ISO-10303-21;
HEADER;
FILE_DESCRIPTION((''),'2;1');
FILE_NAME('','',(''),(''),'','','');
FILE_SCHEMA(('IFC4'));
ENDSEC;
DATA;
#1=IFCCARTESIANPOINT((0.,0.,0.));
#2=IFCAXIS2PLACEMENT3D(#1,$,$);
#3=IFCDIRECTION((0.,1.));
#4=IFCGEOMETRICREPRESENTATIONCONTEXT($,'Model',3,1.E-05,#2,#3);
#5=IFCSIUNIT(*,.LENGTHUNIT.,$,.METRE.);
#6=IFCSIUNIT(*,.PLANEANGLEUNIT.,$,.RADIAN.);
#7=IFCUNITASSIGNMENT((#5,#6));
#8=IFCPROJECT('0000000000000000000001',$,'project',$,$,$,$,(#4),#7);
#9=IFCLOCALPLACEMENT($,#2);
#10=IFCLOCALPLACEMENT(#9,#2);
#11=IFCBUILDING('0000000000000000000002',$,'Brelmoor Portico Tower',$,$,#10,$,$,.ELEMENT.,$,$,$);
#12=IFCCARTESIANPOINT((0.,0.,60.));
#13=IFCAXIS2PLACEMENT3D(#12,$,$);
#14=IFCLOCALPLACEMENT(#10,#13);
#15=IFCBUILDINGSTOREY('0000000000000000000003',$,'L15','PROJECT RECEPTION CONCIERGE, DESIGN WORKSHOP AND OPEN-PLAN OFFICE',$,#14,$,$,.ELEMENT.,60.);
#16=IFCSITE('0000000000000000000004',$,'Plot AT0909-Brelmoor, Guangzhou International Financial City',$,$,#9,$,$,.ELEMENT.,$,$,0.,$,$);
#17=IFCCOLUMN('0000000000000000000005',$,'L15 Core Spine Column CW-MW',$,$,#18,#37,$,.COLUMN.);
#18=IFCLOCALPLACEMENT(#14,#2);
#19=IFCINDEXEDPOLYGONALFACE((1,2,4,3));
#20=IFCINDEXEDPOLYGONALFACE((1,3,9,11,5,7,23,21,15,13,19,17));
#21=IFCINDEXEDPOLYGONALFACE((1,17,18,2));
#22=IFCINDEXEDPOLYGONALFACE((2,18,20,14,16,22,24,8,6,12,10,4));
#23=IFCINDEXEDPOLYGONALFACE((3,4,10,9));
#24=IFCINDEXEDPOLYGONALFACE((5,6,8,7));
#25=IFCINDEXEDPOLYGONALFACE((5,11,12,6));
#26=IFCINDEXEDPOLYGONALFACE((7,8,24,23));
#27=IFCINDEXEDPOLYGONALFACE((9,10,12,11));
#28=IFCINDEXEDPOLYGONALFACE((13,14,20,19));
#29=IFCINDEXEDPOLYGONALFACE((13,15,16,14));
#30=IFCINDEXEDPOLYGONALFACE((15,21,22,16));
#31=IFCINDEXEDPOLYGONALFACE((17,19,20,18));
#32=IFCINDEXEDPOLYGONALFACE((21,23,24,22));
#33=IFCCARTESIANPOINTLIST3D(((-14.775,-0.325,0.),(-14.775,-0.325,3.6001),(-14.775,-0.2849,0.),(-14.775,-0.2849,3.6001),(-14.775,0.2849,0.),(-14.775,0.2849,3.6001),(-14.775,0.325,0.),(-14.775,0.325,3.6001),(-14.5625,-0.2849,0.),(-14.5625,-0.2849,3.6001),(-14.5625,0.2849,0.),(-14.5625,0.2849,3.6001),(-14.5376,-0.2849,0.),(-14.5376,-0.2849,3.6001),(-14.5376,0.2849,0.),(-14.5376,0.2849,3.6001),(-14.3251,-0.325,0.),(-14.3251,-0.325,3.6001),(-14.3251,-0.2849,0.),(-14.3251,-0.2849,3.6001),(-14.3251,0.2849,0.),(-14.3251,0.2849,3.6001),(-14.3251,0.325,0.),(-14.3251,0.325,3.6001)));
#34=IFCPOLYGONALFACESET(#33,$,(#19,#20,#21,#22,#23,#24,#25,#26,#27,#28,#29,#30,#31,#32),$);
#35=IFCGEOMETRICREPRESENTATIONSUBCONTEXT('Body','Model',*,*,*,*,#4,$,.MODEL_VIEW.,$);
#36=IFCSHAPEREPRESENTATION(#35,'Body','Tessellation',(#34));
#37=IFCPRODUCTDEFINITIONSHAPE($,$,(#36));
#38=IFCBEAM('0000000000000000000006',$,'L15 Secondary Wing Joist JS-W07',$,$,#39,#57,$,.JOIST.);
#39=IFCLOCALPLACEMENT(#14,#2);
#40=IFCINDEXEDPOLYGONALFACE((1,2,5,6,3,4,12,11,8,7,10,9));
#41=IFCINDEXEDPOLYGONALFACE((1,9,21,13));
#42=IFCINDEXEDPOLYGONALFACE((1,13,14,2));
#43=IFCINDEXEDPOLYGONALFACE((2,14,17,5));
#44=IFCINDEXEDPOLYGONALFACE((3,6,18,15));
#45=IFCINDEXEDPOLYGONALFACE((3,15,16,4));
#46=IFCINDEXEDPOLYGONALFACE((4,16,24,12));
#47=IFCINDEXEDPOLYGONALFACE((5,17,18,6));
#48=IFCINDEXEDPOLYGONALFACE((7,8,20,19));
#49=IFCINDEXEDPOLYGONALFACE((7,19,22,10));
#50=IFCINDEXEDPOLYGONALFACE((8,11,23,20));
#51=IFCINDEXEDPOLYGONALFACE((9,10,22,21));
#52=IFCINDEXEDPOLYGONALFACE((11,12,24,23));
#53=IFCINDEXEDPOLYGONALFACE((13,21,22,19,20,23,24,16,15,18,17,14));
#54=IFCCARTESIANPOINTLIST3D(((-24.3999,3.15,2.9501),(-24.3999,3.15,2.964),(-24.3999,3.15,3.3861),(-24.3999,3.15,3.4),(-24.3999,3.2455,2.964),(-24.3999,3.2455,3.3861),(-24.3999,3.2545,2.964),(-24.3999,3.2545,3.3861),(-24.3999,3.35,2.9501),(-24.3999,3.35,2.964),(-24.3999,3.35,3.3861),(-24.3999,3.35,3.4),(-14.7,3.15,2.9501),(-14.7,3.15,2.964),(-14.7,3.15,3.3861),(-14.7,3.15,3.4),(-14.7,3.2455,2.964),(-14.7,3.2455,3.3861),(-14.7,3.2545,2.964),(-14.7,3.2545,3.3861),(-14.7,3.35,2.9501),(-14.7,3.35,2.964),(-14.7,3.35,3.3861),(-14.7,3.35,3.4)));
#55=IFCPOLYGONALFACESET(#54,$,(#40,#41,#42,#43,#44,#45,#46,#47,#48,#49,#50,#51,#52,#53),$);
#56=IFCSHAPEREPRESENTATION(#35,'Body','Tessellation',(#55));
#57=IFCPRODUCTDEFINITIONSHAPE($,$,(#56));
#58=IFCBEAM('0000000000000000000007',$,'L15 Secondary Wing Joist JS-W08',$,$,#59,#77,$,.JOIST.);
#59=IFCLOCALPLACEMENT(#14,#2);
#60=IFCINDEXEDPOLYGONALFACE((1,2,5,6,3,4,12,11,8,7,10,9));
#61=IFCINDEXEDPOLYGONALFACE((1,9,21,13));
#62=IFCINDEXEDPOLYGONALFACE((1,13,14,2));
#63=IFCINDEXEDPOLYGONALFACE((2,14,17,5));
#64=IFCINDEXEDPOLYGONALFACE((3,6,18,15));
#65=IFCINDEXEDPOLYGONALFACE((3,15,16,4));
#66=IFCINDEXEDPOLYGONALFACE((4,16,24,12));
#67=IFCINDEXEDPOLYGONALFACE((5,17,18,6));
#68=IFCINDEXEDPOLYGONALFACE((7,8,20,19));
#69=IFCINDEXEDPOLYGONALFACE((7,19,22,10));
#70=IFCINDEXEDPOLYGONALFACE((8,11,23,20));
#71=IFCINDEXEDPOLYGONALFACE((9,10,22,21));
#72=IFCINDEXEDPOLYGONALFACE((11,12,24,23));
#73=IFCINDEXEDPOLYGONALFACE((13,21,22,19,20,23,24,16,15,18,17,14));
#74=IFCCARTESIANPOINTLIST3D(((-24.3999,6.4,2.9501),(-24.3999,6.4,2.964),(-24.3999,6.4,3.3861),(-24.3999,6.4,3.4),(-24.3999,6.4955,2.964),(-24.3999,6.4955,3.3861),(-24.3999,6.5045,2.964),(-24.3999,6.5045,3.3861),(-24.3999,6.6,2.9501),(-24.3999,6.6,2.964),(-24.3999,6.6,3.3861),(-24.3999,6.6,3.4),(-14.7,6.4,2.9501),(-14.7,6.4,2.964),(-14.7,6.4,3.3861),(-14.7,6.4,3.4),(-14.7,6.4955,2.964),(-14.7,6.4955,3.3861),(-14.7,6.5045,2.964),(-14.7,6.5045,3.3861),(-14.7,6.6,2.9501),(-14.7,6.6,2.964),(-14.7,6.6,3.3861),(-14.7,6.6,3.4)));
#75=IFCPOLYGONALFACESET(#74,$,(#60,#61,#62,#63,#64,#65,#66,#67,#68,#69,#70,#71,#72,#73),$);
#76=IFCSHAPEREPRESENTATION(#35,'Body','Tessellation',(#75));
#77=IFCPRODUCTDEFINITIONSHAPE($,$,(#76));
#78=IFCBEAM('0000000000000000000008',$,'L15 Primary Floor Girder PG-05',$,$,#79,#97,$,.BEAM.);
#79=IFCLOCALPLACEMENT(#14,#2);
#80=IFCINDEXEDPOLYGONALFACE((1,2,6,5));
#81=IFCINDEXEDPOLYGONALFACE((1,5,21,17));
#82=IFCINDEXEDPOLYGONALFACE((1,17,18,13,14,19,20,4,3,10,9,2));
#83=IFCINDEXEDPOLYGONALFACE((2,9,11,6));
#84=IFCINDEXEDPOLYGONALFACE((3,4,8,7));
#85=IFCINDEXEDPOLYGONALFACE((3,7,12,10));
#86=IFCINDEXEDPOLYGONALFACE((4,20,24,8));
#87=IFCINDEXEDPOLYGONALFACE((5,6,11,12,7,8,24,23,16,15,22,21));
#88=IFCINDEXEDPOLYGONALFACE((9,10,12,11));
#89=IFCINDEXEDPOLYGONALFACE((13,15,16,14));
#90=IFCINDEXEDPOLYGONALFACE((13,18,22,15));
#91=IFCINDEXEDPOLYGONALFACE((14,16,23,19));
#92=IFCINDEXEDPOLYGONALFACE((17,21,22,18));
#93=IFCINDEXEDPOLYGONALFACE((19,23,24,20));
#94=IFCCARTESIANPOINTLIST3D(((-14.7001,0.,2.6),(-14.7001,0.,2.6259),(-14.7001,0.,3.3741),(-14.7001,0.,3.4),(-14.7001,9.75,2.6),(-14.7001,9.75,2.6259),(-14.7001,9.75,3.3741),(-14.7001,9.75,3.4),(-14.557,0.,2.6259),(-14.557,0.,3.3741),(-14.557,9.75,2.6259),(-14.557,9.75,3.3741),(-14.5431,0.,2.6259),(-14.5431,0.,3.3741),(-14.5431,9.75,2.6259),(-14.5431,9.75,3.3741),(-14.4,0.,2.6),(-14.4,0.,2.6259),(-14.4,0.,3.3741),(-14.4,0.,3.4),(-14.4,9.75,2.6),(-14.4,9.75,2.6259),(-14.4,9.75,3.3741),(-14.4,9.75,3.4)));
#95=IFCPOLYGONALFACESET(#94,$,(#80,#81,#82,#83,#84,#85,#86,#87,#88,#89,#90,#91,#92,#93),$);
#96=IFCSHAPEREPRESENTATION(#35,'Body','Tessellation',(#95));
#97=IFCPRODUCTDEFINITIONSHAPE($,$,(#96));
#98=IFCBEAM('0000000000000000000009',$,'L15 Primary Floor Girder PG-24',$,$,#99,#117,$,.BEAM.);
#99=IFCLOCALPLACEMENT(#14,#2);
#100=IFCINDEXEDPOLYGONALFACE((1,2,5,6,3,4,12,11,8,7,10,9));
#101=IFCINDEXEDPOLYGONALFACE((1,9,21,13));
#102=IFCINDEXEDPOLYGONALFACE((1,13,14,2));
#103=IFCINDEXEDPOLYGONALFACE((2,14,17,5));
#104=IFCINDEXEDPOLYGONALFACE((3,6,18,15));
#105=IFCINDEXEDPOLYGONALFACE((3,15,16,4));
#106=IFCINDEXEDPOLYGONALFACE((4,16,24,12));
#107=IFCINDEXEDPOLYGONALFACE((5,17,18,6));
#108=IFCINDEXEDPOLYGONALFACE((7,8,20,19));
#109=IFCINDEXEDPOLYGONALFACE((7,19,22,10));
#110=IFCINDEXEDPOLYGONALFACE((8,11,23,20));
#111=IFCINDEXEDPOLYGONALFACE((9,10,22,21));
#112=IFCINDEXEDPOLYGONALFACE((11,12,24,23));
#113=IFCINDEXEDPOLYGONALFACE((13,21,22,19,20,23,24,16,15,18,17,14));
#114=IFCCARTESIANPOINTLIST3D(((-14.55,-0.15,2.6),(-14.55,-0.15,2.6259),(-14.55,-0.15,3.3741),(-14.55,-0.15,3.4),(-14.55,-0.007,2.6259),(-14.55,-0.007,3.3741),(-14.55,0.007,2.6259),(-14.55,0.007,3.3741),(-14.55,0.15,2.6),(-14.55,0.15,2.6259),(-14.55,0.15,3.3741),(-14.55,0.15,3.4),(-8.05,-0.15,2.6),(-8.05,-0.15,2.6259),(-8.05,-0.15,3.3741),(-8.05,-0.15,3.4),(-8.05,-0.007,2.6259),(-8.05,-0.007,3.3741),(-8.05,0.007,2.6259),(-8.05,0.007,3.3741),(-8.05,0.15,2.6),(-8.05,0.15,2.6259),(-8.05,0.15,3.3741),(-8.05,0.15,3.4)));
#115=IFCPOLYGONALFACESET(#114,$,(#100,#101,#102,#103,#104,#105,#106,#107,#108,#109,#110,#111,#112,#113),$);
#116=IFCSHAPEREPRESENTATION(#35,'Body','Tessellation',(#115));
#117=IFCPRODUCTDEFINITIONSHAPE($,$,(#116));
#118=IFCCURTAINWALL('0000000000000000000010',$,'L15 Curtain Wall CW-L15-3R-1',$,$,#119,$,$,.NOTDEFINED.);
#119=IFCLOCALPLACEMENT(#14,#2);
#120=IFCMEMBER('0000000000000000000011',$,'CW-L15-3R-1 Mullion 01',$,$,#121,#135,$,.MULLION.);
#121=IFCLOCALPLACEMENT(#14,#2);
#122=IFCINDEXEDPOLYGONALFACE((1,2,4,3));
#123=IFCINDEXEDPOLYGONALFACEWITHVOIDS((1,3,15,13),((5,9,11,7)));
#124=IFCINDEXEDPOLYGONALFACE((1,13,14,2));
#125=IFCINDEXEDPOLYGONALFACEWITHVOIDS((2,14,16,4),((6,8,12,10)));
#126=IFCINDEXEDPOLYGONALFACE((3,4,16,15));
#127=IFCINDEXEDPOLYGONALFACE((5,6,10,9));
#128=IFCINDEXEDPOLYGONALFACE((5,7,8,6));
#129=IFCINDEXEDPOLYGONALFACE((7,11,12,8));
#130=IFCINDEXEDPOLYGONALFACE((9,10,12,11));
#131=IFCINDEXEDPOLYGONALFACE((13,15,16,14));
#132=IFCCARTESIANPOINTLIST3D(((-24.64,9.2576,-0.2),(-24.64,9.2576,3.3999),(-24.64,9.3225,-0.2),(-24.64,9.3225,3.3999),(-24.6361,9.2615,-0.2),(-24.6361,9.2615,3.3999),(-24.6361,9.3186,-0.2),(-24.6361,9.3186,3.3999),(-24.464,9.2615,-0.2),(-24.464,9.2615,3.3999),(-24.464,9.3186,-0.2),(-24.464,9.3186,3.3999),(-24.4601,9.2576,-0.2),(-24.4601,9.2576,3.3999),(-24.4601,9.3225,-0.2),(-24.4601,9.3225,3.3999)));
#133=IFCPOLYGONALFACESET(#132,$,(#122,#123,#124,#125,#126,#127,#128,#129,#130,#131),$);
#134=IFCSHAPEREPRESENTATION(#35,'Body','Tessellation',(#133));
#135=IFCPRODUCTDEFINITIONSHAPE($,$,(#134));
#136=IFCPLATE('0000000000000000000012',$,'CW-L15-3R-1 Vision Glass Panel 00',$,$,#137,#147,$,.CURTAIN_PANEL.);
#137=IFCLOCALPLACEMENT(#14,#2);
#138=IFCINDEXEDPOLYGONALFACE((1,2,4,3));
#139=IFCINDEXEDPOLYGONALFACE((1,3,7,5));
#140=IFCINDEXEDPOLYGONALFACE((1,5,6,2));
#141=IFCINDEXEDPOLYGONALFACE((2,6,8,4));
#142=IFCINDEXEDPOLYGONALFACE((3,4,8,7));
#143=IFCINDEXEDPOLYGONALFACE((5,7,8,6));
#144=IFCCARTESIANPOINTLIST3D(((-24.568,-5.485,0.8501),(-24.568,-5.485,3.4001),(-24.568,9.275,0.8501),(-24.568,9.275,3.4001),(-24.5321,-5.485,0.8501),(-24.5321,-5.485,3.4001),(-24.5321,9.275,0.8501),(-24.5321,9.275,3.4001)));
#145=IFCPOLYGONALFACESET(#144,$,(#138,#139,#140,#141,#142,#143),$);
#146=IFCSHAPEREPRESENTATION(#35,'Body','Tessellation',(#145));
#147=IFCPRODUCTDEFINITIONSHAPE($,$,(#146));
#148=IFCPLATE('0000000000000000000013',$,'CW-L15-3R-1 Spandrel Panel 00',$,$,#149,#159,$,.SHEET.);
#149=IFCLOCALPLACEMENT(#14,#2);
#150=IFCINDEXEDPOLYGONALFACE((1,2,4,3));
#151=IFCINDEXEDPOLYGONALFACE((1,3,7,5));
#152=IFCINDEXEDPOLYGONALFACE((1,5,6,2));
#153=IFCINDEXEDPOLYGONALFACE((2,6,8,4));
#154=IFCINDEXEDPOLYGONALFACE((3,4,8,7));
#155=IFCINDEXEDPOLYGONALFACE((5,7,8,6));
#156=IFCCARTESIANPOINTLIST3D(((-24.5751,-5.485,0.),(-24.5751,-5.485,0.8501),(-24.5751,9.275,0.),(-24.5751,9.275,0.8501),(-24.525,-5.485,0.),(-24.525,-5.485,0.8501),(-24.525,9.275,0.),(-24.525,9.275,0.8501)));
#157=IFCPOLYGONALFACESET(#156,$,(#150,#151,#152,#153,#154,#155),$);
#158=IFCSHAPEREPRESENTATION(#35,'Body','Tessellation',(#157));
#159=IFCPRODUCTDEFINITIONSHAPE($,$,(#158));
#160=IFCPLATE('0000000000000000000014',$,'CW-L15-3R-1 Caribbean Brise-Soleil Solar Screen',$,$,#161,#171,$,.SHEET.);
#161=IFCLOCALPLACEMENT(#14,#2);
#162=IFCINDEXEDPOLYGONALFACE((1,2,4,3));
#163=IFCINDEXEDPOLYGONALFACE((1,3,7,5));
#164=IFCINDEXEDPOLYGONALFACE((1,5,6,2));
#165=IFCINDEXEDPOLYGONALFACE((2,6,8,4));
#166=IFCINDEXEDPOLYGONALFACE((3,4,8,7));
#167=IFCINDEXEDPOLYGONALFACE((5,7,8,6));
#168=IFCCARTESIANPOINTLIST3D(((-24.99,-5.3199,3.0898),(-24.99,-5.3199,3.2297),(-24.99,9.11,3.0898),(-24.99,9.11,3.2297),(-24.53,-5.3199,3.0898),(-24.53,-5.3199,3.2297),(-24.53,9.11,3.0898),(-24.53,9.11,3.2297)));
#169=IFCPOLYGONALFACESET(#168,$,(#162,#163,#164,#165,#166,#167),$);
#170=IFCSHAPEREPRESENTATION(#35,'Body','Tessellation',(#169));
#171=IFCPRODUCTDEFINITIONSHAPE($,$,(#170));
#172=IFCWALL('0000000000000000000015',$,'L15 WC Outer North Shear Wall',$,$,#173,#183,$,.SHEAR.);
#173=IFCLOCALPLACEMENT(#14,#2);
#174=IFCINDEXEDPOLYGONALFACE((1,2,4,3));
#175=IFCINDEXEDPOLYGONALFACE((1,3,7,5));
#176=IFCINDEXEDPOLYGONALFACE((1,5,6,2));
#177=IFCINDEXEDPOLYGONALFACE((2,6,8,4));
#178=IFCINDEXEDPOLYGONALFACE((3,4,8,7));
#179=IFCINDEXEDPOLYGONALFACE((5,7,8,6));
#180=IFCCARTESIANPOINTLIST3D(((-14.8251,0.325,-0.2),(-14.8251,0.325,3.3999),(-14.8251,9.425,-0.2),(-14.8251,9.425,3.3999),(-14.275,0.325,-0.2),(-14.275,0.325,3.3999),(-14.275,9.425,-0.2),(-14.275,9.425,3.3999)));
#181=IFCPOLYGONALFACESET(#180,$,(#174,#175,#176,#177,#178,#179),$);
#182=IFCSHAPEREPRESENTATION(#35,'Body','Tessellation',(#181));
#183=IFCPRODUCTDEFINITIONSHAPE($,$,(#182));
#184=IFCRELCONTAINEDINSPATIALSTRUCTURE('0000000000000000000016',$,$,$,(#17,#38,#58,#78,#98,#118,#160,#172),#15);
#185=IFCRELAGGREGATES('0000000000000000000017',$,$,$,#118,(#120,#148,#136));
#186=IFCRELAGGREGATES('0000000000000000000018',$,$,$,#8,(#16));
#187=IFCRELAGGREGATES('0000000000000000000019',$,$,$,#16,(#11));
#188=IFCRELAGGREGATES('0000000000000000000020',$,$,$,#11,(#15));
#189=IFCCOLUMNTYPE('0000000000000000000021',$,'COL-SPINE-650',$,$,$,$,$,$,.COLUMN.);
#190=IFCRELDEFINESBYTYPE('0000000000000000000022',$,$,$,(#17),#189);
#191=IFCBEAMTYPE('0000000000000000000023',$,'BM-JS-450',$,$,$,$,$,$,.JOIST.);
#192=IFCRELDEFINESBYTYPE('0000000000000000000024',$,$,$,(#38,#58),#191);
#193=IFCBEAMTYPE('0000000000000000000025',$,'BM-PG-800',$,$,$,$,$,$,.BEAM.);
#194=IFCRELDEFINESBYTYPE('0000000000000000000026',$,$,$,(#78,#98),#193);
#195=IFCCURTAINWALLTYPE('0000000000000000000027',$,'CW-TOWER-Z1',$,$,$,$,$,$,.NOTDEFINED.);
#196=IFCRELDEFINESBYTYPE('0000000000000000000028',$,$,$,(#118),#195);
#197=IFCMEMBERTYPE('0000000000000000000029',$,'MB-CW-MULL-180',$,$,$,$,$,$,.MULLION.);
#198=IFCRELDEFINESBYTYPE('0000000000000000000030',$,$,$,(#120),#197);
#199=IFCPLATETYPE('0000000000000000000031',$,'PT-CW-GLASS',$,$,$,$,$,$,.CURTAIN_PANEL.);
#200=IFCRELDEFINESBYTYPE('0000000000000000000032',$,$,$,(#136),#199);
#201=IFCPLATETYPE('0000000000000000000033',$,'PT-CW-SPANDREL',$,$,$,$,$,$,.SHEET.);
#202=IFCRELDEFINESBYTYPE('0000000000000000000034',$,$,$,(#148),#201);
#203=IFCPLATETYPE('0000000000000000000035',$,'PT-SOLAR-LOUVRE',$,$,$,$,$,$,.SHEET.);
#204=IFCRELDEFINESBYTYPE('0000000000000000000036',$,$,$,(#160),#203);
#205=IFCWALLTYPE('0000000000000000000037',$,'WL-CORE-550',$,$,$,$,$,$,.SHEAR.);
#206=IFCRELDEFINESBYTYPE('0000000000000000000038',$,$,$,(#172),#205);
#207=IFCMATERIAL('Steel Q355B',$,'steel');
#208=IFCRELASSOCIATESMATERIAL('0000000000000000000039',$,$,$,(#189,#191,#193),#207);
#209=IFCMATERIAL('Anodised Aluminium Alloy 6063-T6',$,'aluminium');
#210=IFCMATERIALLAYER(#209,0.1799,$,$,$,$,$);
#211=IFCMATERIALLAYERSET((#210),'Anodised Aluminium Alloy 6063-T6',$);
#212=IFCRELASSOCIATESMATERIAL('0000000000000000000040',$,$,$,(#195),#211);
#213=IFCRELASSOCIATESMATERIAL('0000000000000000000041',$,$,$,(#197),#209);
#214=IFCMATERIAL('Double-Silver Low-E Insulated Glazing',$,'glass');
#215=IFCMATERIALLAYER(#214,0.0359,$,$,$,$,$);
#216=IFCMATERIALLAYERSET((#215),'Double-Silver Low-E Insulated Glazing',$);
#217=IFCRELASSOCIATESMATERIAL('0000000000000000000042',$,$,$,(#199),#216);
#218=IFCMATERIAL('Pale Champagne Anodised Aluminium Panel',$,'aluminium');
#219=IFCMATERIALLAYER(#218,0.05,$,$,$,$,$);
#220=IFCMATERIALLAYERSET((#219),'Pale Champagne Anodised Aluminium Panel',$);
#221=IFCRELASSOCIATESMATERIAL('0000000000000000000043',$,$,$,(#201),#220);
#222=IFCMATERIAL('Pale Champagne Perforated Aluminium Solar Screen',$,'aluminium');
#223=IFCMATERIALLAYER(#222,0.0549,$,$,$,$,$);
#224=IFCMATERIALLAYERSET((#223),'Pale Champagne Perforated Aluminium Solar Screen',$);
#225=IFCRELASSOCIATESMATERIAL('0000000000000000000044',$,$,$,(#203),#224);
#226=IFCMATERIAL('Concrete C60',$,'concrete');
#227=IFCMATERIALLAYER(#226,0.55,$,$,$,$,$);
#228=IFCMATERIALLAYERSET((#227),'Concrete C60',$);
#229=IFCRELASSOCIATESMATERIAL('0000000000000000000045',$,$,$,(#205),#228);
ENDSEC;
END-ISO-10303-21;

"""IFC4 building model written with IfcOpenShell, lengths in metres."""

from ifc_helpers import new_model, si_unit, direction, frame, frame_2d, origin, origin_2d, place, context, subcontext, project, spatial, rectangle, hollow_rectangle, i_section, extrude, material, layer, layer_set, material_profile, profile_set, type_object, element, aggregate, save


model = new_model("IFC4")

# Units and contexts
model_context = context("Model", 3, precision=1e-05, world=origin(), true_north=direction((0.0, 1.0)))
body_context = subcontext(model_context, "Body", "Model", "MODEL_VIEW")
ifc_project = project(units=[si_unit("LENGTHUNIT", "METRE"), si_unit("PLANEANGLEUNIT", "RADIAN")], contexts=[model_context])

# Site, building, storey
site_placement = place(None, origin())
site = spatial("IfcSite", under=ifc_project, at=site_placement, Name="Plot AT0909-Brelmoor, Guangzhou International Financial City", CompositionType="ELEMENT", RefElevation=0.0)
building_placement = place(site_placement, origin())
building = spatial("IfcBuilding", under=site, at=building_placement, Name="Brelmoor Portico Tower", CompositionType="ELEMENT")
storey_placement = place(building_placement, frame((0.0, 0.0, 60.0)))
storey = spatial("IfcBuildingStorey", under=building, at=storey_placement, Name="L15", Description="PROJECT RECEPTION CONCIERGE, DESIGN WORKSHOP AND OPEN-PLAN OFFICE", CompositionType="ELEMENT", Elevation=60.0)

# Column
ifc_material_1 = material(Name="Steel Q355B", Category="steel")
ifc_material_profile_1 = material_profile(ifc_material_1, i_section(OverallWidth=0.45, OverallDepth=0.6499, WebThickness=0.0249, FlangeThickness=0.04, at=origin_2d()), Name="HW 650x450x25x40")
ifc_profile_set_1 = profile_set([ifc_material_profile_1], Name="Steel Q355B")
column_type = type_object("IfcColumnType", Name="COL-SPINE-650", PredefinedType="COLUMN", material=ifc_profile_set_1)
column_placement = place(storey_placement, frame((-14.55, 0.0, 0.0), z_axis=(0.0, 0.0, 1.0), x_axis=(1.0, 0.0, 0.0)))
element("IfcColumn", 1, at=column_placement, inside=storey, type_object=column_type, Name="L15 Core Spine Column CW-MW", PredefinedType="COLUMN", context=body_context, shape_type="SweptSolid", body=[
    extrude(i_section(OverallWidth=0.45, OverallDepth=0.6499, WebThickness=0.0249, FlangeThickness=0.04, at=origin_2d()), origin(), (0.0, 0.0, 1.0), 3.6001),
])

# Beams
ifc_material_profile_2 = material_profile(ifc_material_1, i_section(OverallWidth=0.2, OverallDepth=0.45, WebThickness=0.009, FlangeThickness=0.0139, at=origin_2d()), Name="HN 450x200x9x14")
ifc_profile_set_2 = profile_set([ifc_material_profile_2], Name="Steel Q355B")
beam_type_1 = type_object("IfcBeamType", Name="BM-JS-450", PredefinedType="JOIST", material=ifc_profile_set_2)
for number, where, z_axis, x_axis, name in (
    (2, (-24.3999, 3.25, 3.175), (1.0, 0.0, 0.0), (0.0, 1.0, 0.0), "L15 Secondary Wing Joist JS-W07"),
    (3, (-24.3999, 6.5, 3.175), (1.0, 0.0, 0.0), (0.0, 1.0, 0.0), "L15 Secondary Wing Joist JS-W08"),
):
    element("IfcBeam", number, at=place(storey_placement, frame(where, z_axis=z_axis, x_axis=x_axis)), inside=storey, type_object=beam_type_1, Name=name, PredefinedType="JOIST", context=body_context, shape_type="SweptSolid", body=[
        extrude(i_section(OverallWidth=0.2, OverallDepth=0.45, WebThickness=0.009, FlangeThickness=0.0139, at=origin_2d()), origin(), (0.0, 0.0, 1.0), 9.7),
    ])
ifc_material_profile_3 = material_profile(ifc_material_1, i_section(OverallWidth=0.3, OverallDepth=0.8, WebThickness=0.0139, FlangeThickness=0.0259, at=origin_2d()), Name="HN 800x300x14x26")
ifc_profile_set_3 = profile_set([ifc_material_profile_3], Name="Steel Q355B")
beam_type_2 = type_object("IfcBeamType", Name="BM-PG-800", PredefinedType="BEAM", material=ifc_profile_set_3)
beam_1_placement = place(storey_placement, frame((-14.55, 0.0, 3.0), z_axis=(0.0, 1.0, 0.0), x_axis=(-1.0, 0.0, 0.0)))
element("IfcBeam", 4, at=beam_1_placement, inside=storey, type_object=beam_type_2, Name="L15 Primary Floor Girder PG-05", PredefinedType="BEAM", context=body_context, shape_type="SweptSolid", body=[
    extrude(i_section(OverallWidth=0.3, OverallDepth=0.8, WebThickness=0.0139, FlangeThickness=0.0259, at=origin_2d()), origin(), (0.0, 0.0, 1.0), 9.75),
])
beam_2_placement = place(storey_placement, frame((-14.55, 0.0, 3.0), z_axis=(1.0, 0.0, 0.0), x_axis=(0.0, 1.0, 0.0)))
element("IfcBeam", 5, at=beam_2_placement, inside=storey, type_object=beam_type_2, Name="L15 Primary Floor Girder PG-24", PredefinedType="BEAM", context=body_context, shape_type="SweptSolid", body=[
    extrude(i_section(OverallWidth=0.3, OverallDepth=0.8, WebThickness=0.0139, FlangeThickness=0.0259, at=origin_2d()), origin(), (0.0, 0.0, 1.0), 6.5),
])

# Curtain wall, member, plates
ifc_material_2 = material(Name="Anodised Aluminium Alloy 6063-T6", Category="aluminium")
ifc_layer_1 = layer(ifc_material_2, 0.1799)
ifc_layer_set_1 = layer_set([ifc_layer_1], Name="Anodised Aluminium Alloy 6063-T6")
curtain_wall_type = type_object("IfcCurtainWallType", Name="CW-TOWER-Z1", PredefinedType="NOTDEFINED", material=ifc_layer_set_1)
curtain_wall_placement = place(storey_placement, origin())
curtain_wall = element("IfcCurtainWall", 6, at=curtain_wall_placement, inside=storey, type_object=curtain_wall_type, Name="L15 Curtain Wall CW-L15-3R-1", PredefinedType="NOTDEFINED")
ifc_material_profile_4 = material_profile(ifc_material_2, hollow_rectangle(XDim=0.0649, YDim=0.1799, WallThickness=0.0039, at=origin_2d()), Name="ALU MULLION 65x180")
ifc_profile_set_4 = profile_set([ifc_material_profile_4], Name="Anodised Aluminium Alloy 6063-T6")
member_type = type_object("IfcMemberType", Name="MB-CW-MULL-180", PredefinedType="MULLION", material=ifc_profile_set_4)
member_placement = place(storey_placement, frame((-24.55, 9.29, -0.2), z_axis=(0.0, 0.0, 1.0), x_axis=(0.0, 1.0, 0.0)))
member = element("IfcMember", 7, at=member_placement, type_object=member_type, Name="CW-L15-3R-1 Mullion 01", PredefinedType="MULLION", context=body_context, shape_type="SweptSolid", body=[
    extrude(hollow_rectangle(XDim=0.0649, YDim=0.1799, WallThickness=0.0039, at=origin_2d()), origin(), (0.0, 0.0, 1.0), 3.5999),
])
ifc_material_3 = material(Name="Double-Silver Low-E Insulated Glazing", Category="glass")
ifc_layer_2 = layer(ifc_material_3, 0.0359)
ifc_layer_set_2 = layer_set([ifc_layer_2], Name="Double-Silver Low-E Insulated Glazing")
plate_type_1 = type_object("IfcPlateType", Name="PT-CW-GLASS", PredefinedType="CURTAIN_PANEL", material=ifc_layer_set_2)
plate_1_placement = place(storey_placement, frame((-24.55, 1.895, 0.8501), z_axis=(0.0, 0.0, 1.0), x_axis=(0.0, 1.0, 0.0)))
plate_1 = element("IfcPlate", 8, at=plate_1_placement, type_object=plate_type_1, Name="CW-L15-3R-1 Vision Glass Panel 00", PredefinedType="CURTAIN_PANEL", context=body_context, shape_type="SweptSolid", body=[
    extrude(rectangle(XDim=14.76, YDim=0.0359, at=origin_2d()), origin(), (0.0, 0.0, 1.0), 2.55),
])
ifc_material_4 = material(Name="Pale Champagne Anodised Aluminium Panel", Category="aluminium")
ifc_layer_3 = layer(ifc_material_4, 0.05)
ifc_layer_set_3 = layer_set([ifc_layer_3], Name="Pale Champagne Anodised Aluminium Panel")
plate_type_2 = type_object("IfcPlateType", Name="PT-CW-SPANDREL", PredefinedType="SHEET", material=ifc_layer_set_3)
plate_2_placement = place(storey_placement, frame((-24.55, 1.895, 0.0), z_axis=(0.0, 0.0, 1.0), x_axis=(0.0, 1.0, 0.0)))
plate_2 = element("IfcPlate", 9, at=plate_2_placement, type_object=plate_type_2, Name="CW-L15-3R-1 Spandrel Panel 00", PredefinedType="SHEET", context=body_context, shape_type="SweptSolid", body=[
    extrude(rectangle(XDim=14.76, YDim=0.05, at=origin_2d()), origin(), (0.0, 0.0, 1.0), 0.8501),
])
aggregate(curtain_wall, [member, plate_2, plate_1])

# Plate
ifc_material_5 = material(Name="Pale Champagne Perforated Aluminium Solar Screen", Category="aluminium")
ifc_layer_4 = layer(ifc_material_5, 0.0549)
ifc_layer_set_4 = layer_set([ifc_layer_4], Name="Pale Champagne Perforated Aluminium Solar Screen")
plate_type_3 = type_object("IfcPlateType", Name="PT-SOLAR-LOUVRE", PredefinedType="SHEET", material=ifc_layer_set_4)
plate_3_placement = place(storey_placement, frame((-24.76, 1.895, 3.0898), z_axis=(0.0, 0.0, 1.0), x_axis=(0.0, 1.0, 0.0)))
element("IfcPlate", 10, at=plate_3_placement, inside=storey, type_object=plate_type_3, Name="CW-L15-3R-1 Caribbean Brise-Soleil Solar Screen", PredefinedType="SHEET", context=body_context, shape_type="SweptSolid", body=[
    extrude(rectangle(XDim=14.4299, YDim=0.46, at=origin_2d()), origin(), (0.0, 0.0, 1.0), 0.1399),
])

# Wall
ifc_material_6 = material(Name="Concrete C60", Category="concrete")
ifc_layer_5 = layer(ifc_material_6, 0.55)
ifc_layer_set_5 = layer_set([ifc_layer_5], Name="Concrete C60")
wall_type_1 = type_object("IfcWallType", Name="WL-CORE-550", PredefinedType="SHEAR", material=ifc_layer_set_5)
wall_1_placement = place(storey_placement, frame((-14.55, 0.325, -0.2), z_axis=(0.0, 0.0, 1.0), x_axis=(0.0, 1.0, 0.0)))
element("IfcWall", 11, at=wall_1_placement, inside=storey, type_object=wall_type_1, Name="L15 WC Outer North Shear Wall", PredefinedType="SHEAR", context=body_context, shape_type="SweptSolid", body=[
    extrude(rectangle(XDim=9.1001, YDim=0.55, at=frame_2d((4.55, 0.0))), origin(), (0.0, 0.0, 1.0), 3.5999),
])

save(model, "model.ifc")
